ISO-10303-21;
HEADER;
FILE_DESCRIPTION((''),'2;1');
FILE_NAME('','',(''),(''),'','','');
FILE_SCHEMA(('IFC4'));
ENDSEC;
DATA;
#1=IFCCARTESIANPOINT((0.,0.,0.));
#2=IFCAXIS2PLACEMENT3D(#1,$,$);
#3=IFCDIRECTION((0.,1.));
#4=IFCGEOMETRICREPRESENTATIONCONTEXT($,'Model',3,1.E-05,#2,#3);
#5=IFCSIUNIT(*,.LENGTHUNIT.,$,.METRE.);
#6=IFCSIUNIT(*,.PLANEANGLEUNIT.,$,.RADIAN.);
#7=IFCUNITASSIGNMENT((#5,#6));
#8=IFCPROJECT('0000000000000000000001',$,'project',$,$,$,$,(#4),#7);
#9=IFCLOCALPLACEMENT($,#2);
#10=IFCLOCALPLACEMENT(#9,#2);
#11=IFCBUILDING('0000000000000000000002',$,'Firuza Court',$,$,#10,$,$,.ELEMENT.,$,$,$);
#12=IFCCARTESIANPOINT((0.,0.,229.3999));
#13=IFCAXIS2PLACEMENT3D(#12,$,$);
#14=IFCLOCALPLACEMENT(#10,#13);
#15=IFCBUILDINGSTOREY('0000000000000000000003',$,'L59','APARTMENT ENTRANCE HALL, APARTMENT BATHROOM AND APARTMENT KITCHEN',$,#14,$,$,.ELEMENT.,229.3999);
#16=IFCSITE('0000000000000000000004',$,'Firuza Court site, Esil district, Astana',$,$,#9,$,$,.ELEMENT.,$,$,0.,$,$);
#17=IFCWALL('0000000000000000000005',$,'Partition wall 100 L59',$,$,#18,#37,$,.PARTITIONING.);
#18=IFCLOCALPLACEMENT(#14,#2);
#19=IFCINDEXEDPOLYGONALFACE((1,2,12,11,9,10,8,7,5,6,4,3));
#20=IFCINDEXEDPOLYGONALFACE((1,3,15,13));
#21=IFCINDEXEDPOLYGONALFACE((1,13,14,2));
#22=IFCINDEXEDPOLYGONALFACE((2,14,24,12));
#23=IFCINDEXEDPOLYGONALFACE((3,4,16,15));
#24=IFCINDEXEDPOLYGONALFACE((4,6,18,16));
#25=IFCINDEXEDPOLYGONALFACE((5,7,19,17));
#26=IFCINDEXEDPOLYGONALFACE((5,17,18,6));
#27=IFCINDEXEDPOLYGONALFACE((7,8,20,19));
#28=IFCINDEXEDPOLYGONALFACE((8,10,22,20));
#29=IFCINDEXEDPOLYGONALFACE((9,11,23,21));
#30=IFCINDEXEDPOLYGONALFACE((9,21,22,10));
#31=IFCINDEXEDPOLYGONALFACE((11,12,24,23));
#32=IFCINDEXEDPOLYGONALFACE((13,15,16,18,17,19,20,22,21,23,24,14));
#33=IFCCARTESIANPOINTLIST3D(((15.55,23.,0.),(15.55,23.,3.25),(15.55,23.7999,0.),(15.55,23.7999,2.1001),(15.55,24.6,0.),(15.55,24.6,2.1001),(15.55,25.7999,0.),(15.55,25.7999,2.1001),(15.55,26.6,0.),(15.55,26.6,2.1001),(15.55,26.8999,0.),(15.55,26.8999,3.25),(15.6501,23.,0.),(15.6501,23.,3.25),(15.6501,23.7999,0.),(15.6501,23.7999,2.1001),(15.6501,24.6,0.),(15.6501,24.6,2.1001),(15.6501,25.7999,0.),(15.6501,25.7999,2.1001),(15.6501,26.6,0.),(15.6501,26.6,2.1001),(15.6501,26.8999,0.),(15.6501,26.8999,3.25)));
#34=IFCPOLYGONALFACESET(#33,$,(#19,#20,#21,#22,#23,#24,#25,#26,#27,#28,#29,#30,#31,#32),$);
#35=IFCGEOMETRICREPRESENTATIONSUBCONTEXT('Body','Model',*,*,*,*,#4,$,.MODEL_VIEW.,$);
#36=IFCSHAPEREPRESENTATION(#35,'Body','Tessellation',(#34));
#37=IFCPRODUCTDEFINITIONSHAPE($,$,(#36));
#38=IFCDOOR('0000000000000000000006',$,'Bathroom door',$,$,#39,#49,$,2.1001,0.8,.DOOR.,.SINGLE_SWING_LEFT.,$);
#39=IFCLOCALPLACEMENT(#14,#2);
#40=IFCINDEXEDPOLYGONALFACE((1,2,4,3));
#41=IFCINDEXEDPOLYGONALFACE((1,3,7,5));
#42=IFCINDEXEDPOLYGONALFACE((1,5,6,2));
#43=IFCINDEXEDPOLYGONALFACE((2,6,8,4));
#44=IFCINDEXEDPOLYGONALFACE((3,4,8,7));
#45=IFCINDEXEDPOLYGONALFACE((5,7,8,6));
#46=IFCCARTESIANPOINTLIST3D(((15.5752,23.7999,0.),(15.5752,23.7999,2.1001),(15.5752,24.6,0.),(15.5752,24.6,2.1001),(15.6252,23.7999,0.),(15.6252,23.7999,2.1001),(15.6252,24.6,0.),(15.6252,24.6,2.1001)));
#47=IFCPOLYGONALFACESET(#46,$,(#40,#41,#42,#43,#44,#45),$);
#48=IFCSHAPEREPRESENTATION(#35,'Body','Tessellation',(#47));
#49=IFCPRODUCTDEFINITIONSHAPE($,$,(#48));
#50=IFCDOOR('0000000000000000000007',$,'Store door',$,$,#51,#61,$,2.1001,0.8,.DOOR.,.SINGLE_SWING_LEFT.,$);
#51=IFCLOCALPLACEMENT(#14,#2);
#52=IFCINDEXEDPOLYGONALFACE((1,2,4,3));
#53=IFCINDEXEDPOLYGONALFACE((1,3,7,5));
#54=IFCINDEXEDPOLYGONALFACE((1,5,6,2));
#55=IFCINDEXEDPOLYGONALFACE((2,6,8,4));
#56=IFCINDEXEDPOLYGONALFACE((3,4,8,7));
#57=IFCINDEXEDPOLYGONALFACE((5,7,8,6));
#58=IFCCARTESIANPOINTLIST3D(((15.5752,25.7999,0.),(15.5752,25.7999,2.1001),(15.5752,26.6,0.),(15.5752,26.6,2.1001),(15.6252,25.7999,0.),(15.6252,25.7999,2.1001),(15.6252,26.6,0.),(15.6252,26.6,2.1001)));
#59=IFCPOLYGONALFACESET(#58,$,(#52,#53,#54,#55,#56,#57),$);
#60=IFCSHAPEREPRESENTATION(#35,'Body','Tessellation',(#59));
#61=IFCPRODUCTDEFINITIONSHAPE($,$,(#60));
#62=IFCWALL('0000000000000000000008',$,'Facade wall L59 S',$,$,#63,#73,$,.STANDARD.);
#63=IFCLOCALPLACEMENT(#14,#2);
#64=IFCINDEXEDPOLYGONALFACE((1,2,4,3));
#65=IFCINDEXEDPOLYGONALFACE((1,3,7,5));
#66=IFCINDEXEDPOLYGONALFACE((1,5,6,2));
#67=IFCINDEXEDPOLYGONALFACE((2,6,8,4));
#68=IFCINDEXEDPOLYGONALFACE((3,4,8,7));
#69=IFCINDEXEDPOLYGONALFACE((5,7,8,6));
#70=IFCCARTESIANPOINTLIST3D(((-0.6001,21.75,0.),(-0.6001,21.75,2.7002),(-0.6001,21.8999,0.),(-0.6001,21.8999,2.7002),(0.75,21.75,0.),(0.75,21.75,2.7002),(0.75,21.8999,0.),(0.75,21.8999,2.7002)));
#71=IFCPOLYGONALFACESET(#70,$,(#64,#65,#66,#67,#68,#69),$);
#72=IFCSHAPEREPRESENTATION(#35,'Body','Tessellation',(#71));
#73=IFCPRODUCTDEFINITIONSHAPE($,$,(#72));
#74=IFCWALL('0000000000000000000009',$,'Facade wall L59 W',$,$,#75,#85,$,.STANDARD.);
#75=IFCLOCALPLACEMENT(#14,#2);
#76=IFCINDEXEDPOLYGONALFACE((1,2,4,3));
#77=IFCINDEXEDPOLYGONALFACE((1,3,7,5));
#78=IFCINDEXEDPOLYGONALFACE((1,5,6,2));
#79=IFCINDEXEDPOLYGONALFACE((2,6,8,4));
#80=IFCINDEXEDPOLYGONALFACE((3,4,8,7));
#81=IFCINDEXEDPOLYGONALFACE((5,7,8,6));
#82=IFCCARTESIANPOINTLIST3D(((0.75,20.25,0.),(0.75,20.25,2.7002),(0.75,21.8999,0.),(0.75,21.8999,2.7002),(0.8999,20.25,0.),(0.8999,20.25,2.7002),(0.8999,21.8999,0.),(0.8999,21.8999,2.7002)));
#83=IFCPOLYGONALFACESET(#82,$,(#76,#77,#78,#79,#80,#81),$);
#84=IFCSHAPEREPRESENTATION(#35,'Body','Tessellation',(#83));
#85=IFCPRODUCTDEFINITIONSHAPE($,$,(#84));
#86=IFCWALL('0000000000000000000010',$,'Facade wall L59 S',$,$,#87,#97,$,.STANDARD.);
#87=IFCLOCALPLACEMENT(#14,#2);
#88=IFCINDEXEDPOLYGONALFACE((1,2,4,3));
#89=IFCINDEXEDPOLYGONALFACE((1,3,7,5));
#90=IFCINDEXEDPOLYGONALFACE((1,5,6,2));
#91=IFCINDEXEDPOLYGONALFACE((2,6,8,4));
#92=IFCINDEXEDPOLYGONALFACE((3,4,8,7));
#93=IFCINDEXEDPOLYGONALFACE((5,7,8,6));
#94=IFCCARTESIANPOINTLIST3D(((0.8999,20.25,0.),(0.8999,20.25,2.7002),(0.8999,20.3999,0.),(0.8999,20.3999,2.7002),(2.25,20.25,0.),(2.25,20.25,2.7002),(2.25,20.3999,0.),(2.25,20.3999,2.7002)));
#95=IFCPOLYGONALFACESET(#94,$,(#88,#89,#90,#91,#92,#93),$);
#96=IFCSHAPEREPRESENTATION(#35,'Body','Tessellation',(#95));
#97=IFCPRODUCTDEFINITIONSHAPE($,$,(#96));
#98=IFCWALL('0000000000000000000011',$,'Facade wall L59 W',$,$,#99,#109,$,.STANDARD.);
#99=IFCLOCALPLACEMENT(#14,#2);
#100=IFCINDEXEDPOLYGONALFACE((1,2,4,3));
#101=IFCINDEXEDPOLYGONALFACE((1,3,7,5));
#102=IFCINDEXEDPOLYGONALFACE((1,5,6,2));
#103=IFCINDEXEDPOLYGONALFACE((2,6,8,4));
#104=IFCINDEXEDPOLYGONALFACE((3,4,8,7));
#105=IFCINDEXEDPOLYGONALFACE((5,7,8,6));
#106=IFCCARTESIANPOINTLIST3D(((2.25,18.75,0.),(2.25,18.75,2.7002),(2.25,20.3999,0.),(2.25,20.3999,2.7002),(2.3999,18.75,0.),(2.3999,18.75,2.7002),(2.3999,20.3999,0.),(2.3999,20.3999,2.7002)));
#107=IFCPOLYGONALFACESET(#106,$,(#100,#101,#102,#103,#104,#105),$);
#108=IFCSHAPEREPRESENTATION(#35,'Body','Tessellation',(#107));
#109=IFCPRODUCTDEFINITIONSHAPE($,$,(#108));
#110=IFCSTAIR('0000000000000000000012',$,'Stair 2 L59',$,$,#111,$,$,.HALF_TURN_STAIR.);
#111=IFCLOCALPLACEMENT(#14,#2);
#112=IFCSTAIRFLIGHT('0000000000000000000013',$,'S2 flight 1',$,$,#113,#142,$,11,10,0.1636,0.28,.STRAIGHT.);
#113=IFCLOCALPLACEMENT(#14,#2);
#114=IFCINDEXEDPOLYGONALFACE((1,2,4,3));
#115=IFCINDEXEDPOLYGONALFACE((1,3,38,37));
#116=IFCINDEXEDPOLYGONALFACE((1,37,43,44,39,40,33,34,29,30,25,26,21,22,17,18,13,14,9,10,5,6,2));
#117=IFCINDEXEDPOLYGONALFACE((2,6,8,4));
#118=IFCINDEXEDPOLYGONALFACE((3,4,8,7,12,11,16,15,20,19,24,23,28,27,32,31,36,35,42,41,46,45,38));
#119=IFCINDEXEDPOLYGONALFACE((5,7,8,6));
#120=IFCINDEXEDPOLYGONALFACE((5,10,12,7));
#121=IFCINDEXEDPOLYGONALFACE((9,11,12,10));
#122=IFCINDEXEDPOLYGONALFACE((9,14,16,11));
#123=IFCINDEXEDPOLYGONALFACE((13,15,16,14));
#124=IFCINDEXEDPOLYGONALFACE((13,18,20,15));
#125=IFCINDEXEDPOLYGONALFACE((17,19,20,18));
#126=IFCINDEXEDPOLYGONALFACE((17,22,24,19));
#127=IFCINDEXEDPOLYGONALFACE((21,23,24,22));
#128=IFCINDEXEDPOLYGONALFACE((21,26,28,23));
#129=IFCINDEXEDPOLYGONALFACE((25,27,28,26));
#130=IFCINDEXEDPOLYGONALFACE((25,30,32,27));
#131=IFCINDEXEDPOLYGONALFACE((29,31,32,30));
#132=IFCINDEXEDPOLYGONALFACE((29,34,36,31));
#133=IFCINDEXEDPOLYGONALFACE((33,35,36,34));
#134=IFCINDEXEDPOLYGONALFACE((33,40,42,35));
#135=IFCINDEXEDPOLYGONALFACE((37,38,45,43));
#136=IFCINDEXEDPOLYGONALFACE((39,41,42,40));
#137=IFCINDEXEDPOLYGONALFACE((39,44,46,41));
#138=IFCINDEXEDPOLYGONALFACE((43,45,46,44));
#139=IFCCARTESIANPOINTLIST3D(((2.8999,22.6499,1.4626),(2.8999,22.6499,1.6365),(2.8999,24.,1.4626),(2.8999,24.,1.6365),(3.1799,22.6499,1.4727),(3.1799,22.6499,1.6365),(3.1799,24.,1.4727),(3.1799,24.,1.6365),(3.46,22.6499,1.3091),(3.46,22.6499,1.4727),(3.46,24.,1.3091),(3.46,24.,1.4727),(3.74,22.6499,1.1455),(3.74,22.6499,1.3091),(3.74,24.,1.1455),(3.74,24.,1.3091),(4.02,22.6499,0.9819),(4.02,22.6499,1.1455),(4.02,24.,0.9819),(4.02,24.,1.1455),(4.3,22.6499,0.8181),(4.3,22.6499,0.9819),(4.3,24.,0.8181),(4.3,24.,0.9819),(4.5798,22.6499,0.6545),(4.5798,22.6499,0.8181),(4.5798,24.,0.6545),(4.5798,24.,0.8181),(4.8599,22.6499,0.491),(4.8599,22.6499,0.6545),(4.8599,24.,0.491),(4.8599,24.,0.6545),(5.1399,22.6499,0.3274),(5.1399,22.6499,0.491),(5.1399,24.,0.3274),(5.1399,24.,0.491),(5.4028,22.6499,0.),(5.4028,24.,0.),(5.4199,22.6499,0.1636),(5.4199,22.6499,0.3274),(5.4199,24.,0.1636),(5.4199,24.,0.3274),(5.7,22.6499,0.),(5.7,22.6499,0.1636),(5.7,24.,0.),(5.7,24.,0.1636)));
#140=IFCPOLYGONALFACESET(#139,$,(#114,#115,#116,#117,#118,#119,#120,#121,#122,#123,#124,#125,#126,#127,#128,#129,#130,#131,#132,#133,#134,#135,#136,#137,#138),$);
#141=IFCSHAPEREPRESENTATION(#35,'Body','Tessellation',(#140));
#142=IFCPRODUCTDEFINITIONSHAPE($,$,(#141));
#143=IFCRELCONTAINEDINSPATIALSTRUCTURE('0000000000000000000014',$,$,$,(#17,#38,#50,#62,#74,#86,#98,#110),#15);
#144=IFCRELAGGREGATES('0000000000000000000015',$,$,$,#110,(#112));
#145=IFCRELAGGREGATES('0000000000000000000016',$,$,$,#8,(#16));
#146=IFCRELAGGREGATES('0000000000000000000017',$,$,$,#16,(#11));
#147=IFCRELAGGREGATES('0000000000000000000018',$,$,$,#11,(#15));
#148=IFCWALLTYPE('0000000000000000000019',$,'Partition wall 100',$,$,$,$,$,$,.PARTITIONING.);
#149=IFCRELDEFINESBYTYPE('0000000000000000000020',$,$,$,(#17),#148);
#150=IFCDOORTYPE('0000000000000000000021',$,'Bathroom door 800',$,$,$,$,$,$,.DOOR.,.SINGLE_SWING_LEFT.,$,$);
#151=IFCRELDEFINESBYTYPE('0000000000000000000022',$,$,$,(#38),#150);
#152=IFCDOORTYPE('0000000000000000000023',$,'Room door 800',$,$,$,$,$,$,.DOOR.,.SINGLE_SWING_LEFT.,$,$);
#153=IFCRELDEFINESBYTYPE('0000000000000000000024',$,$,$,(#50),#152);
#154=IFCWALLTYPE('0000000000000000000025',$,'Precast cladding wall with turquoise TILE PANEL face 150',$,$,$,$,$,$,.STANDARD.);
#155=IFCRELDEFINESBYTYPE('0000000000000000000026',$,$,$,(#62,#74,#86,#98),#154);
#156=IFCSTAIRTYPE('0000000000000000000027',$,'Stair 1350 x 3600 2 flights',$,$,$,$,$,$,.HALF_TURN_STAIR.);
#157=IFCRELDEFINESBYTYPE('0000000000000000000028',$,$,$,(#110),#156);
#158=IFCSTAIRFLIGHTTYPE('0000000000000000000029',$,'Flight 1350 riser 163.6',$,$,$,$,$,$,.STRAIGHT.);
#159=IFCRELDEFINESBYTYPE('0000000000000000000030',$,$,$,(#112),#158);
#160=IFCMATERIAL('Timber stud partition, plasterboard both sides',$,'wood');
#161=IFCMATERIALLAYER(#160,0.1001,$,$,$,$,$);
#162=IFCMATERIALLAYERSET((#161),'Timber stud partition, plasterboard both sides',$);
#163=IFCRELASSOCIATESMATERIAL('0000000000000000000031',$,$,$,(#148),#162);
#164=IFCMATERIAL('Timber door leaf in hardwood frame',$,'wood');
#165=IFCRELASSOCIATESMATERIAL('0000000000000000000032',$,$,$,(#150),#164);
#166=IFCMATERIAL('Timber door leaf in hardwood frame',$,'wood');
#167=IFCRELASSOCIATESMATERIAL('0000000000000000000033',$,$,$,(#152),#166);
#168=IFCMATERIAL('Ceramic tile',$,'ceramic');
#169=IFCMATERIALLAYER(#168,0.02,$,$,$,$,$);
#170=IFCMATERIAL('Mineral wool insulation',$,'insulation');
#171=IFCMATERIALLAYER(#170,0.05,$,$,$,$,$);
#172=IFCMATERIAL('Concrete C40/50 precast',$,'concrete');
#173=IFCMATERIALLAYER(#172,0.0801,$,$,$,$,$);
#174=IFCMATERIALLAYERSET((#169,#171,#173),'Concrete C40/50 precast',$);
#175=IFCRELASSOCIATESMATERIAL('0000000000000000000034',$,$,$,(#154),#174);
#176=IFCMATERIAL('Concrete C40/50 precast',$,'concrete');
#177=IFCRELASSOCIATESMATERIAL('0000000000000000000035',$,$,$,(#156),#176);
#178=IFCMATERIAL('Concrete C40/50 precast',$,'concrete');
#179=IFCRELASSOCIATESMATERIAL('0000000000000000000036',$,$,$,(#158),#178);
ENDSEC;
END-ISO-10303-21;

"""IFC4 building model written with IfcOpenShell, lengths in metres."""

from ifc_helpers import new_model, si_unit, direction, frame, frame_2d, origin, place, context, subcontext, project, spatial, polyline, rectangle, outline, extrude, material, layer, layer_set, type_object, element, fill, aggregate, save


model = new_model("IFC4")

# Units and contexts
model_context = context("Model", 3, precision=1e-05, world=origin(), true_north=direction((0.0, 1.0)))
body_context = subcontext(model_context, "Body", "Model", "MODEL_VIEW")
ifc_project = project(units=[si_unit("LENGTHUNIT", "METRE"), si_unit("PLANEANGLEUNIT", "RADIAN")], contexts=[model_context])

# Site, building, storey
site_placement = place(None, origin())
site = spatial("IfcSite", under=ifc_project, at=site_placement, Name="Firuza Court site, Esil district, Astana", CompositionType="ELEMENT", RefElevation=0.0)
building_placement = place(site_placement, origin())
building = spatial("IfcBuilding", under=site, at=building_placement, Name="Firuza Court", CompositionType="ELEMENT")
storey_placement = place(building_placement, frame((0.0, 0.0, 229.3999)))
storey = spatial("IfcBuildingStorey", under=building, at=storey_placement, Name="L59", Description="APARTMENT ENTRANCE HALL, APARTMENT BATHROOM AND APARTMENT KITCHEN", CompositionType="ELEMENT", Elevation=229.3999)

# Shared definitions
ifc_material_1 = material(Name="Timber stud partition, plasterboard both sides", Category="wood")
ifc_layer_1 = layer(ifc_material_1, 0.1001)
ifc_layer_set_1 = layer_set([ifc_layer_1], Name="Timber stud partition, plasterboard both sides")
wall_type_1 = type_object("IfcWallType", Name="Partition wall 100", PredefinedType="PARTITIONING", material=ifc_layer_set_1)

# Wall, openings, doors
wall_1_placement = place(storey_placement, frame((15.6001, 23.0, 0.0), z_axis=(0.0, 0.0, 1.0), x_axis=(0.0, 1.0, 0.0)))
wall_1 = element("IfcWall", 1, at=wall_1_placement, inside=storey, type_object=wall_type_1, Name="Partition wall 100 L59", PredefinedType="PARTITIONING", context=body_context, shape_type="SweptSolid", body=[
    extrude(rectangle(XDim=3.8999, YDim=0.1001, at=frame_2d((1.95, 0.0))), origin(), (0.0, 0.0, 1.0), 3.25),
])
opening_1_placement = place(wall_1_placement, frame((0.8, 0.0, 0.0)))
opening_1 = element("IfcOpeningElement", 2, at=opening_1_placement, cuts=wall_1, PredefinedType="OPENING", context=body_context, shape_type="SweptSolid", body=[
    extrude(rectangle(XDim=0.8, YDim=2.1001, at=frame_2d((0.3999, 1.05))), frame((0.0, 0.062, 0.0), z_axis=(0.0, -1.0, 0.0), x_axis=(1.0, 0.0, 0.0)), (0.0, 0.0, 1.0), 0.124),
])
opening_2_placement = place(wall_1_placement, frame((2.8, 0.0, 0.0)))
opening_2 = element("IfcOpeningElement", 3, at=opening_2_placement, cuts=wall_1, PredefinedType="OPENING", context=body_context, shape_type="SweptSolid", body=[
    extrude(rectangle(XDim=0.8, YDim=2.1001, at=frame_2d((0.3999, 1.05))), frame((0.0, 0.062, 0.0), z_axis=(0.0, -1.0, 0.0), x_axis=(1.0, 0.0, 0.0)), (0.0, 0.0, 1.0), 0.124),
])
ifc_material_2 = material(Name="Timber door leaf in hardwood frame", Category="wood")
door_type_1 = type_object("IfcDoorType", Name="Bathroom door 800", OperationType="SINGLE_SWING_LEFT", PredefinedType="DOOR", material=ifc_material_2)
door_1_placement = place(opening_1_placement, origin())
door_1 = element("IfcDoor", 4, at=door_1_placement, inside=storey, type_object=door_type_1, Name="Bathroom door", OperationType="SINGLE_SWING_LEFT", OverallHeight=2.1001, OverallWidth=0.8, PredefinedType="DOOR", context=body_context, shape_type="SweptSolid", body=[
    extrude(rectangle(XDim=0.8, YDim=2.1001, at=frame_2d((0.3999, 1.05))), frame((0.0, 0.0249, 0.0), z_axis=(0.0, -1.0, 0.0), x_axis=(1.0, 0.0, 0.0)), (0.0, 0.0, 1.0), 0.05),
])
fill(opening_1, door_1)
ifc_material_3 = material(Name="Timber door leaf in hardwood frame", Category="wood")
door_type_2 = type_object("IfcDoorType", Name="Room door 800", OperationType="SINGLE_SWING_LEFT", PredefinedType="DOOR", material=ifc_material_3)
door_2_placement = place(opening_2_placement, origin())
door_2 = element("IfcDoor", 5, at=door_2_placement, inside=storey, type_object=door_type_2, Name="Store door", OperationType="SINGLE_SWING_LEFT", OverallHeight=2.1001, OverallWidth=0.8, PredefinedType="DOOR", context=body_context, shape_type="SweptSolid", body=[
    extrude(rectangle(XDim=0.8, YDim=2.1001, at=frame_2d((0.3999, 1.05))), frame((0.0, 0.0249, 0.0), z_axis=(0.0, -1.0, 0.0), x_axis=(1.0, 0.0, 0.0)), (0.0, 0.0, 1.0), 0.05),
])
fill(opening_2, door_2)

# Walls
ifc_material_4 = material(Name="Ceramic tile", Category="ceramic")
ifc_layer_2 = layer(ifc_material_4, 0.02)
ifc_material_5 = material(Name="Mineral wool insulation", Category="insulation")
ifc_layer_3 = layer(ifc_material_5, 0.05)
ifc_material_6 = material(Name="Concrete C40/50 precast", Category="concrete")
ifc_layer_4 = layer(ifc_material_6, 0.0801)
ifc_layer_set_2 = layer_set([ifc_layer_2, ifc_layer_3, ifc_layer_4], Name="Concrete C40/50 precast")
wall_type_2 = type_object("IfcWallType", Name="Precast cladding wall with turquoise TILE PANEL face 150", PredefinedType="STANDARD", material=ifc_layer_set_2)
wall_2_placement = place(storey_placement, frame((-0.6001, 21.825, 0.0), z_axis=(0.0, 0.0, 1.0), x_axis=(1.0, 0.0, 0.0)))
element("IfcWall", 6, at=wall_2_placement, inside=storey, type_object=wall_type_2, Name="Facade wall L59 S", PredefinedType="STANDARD", context=body_context, shape_type="SweptSolid", body=[
    extrude(rectangle(XDim=1.3501, YDim=0.1499, at=frame_2d((0.675, 0.0))), origin(), (0.0, 0.0, 1.0), 2.7002),
])
wall_3_placement = place(storey_placement, frame((0.825, 21.8999, 0.0), z_axis=(0.0, 0.0, 1.0), x_axis=(0.0, -1.0, 0.0)))
element("IfcWall", 7, at=wall_3_placement, inside=storey, type_object=wall_type_2, Name="Facade wall L59 W", PredefinedType="STANDARD", context=body_context, shape_type="SweptSolid", body=[
    extrude(rectangle(XDim=1.6499, YDim=0.1499, at=frame_2d((0.825, 0.0))), origin(), (0.0, 0.0, 1.0), 2.7002),
])
wall_4_placement = place(storey_placement, frame((0.8999, 20.325, 0.0), z_axis=(0.0, 0.0, 1.0), x_axis=(1.0, 0.0, 0.0)))
element("IfcWall", 8, at=wall_4_placement, inside=storey, type_object=wall_type_2, Name="Facade wall L59 S", PredefinedType="STANDARD", context=body_context, shape_type="SweptSolid", body=[
    extrude(rectangle(XDim=1.3501, YDim=0.1499, at=frame_2d((0.675, 0.0))), origin(), (0.0, 0.0, 1.0), 2.7002),
])
wall_5_placement = place(storey_placement, frame((2.325, 20.3999, 0.0), z_axis=(0.0, 0.0, 1.0), x_axis=(0.0, -1.0, 0.0)))
element("IfcWall", 9, at=wall_5_placement, inside=storey, type_object=wall_type_2, Name="Facade wall L59 W", PredefinedType="STANDARD", context=body_context, shape_type="SweptSolid", body=[
    extrude(rectangle(XDim=1.6499, YDim=0.1499, at=frame_2d((0.825, 0.0))), origin(), (0.0, 0.0, 1.0), 2.7002),
])

# Stair, stair flight
ifc_material_7 = material(Name="Concrete C40/50 precast", Category="concrete")
stair_type = type_object("IfcStairType", Name="Stair 1350 x 3600 2 flights", PredefinedType="HALF_TURN_STAIR", material=ifc_material_7)
stair_placement = place(storey_placement, origin())
stair = element("IfcStair", 10, at=stair_placement, inside=storey, type_object=stair_type, Name="Stair 2 L59", PredefinedType="HALF_TURN_STAIR")
ifc_material_8 = material(Name="Concrete C40/50 precast", Category="concrete")
stair_flight_type = type_object("IfcStairFlightType", Name="Flight 1350 riser 163.6", PredefinedType="STRAIGHT", material=ifc_material_8)
stair_flight_placement = place(storey_placement, frame((5.7, 23.325, 0.0), z_axis=(0.0, 0.0, 1.0), x_axis=(-1.0, 0.0, 0.0)))
stair_flight = element("IfcStairFlight", 11, at=stair_flight_placement, type_object=stair_flight_type, Name="S2 flight 1", NumberOfRisers=11, NumberOfTreads=10, PredefinedType="STRAIGHT", RiserHeight=0.1636, TreadLength=0.28, context=body_context, shape_type="SweptSolid", body=[
    extrude(outline(polyline([(0.0, 0.0), (0.0, 0.1636), (0.28, 0.1636), (0.28, 0.3274), (0.5601, 0.3274), (0.5601, 0.491), (0.8401, 0.491), (0.8401, 0.6545), (1.1201, 0.6545), (1.1201, 0.8181), (1.3999, 0.8181), (1.3999, 0.9819), (1.6799, 0.9819), (1.6799, 1.1455), (1.96, 1.1455), (1.96, 1.3091), (2.24, 1.3091), (2.24, 1.4727), (2.52, 1.4727), (2.52, 1.6365), (2.8, 1.6365), (2.8, 1.8), (2.8, 1.4626), (0.2971, 0.0), (0.0, 0.0)])), frame((0.0, 0.675, 0.0), z_axis=(0.0, -1.0, 0.0), x_axis=(1.0, 0.0, 0.0)), (0.0, 0.0, 1.0), 1.3501),
])
aggregate(stair, [stair_flight])

save(model, "model.ifc")
